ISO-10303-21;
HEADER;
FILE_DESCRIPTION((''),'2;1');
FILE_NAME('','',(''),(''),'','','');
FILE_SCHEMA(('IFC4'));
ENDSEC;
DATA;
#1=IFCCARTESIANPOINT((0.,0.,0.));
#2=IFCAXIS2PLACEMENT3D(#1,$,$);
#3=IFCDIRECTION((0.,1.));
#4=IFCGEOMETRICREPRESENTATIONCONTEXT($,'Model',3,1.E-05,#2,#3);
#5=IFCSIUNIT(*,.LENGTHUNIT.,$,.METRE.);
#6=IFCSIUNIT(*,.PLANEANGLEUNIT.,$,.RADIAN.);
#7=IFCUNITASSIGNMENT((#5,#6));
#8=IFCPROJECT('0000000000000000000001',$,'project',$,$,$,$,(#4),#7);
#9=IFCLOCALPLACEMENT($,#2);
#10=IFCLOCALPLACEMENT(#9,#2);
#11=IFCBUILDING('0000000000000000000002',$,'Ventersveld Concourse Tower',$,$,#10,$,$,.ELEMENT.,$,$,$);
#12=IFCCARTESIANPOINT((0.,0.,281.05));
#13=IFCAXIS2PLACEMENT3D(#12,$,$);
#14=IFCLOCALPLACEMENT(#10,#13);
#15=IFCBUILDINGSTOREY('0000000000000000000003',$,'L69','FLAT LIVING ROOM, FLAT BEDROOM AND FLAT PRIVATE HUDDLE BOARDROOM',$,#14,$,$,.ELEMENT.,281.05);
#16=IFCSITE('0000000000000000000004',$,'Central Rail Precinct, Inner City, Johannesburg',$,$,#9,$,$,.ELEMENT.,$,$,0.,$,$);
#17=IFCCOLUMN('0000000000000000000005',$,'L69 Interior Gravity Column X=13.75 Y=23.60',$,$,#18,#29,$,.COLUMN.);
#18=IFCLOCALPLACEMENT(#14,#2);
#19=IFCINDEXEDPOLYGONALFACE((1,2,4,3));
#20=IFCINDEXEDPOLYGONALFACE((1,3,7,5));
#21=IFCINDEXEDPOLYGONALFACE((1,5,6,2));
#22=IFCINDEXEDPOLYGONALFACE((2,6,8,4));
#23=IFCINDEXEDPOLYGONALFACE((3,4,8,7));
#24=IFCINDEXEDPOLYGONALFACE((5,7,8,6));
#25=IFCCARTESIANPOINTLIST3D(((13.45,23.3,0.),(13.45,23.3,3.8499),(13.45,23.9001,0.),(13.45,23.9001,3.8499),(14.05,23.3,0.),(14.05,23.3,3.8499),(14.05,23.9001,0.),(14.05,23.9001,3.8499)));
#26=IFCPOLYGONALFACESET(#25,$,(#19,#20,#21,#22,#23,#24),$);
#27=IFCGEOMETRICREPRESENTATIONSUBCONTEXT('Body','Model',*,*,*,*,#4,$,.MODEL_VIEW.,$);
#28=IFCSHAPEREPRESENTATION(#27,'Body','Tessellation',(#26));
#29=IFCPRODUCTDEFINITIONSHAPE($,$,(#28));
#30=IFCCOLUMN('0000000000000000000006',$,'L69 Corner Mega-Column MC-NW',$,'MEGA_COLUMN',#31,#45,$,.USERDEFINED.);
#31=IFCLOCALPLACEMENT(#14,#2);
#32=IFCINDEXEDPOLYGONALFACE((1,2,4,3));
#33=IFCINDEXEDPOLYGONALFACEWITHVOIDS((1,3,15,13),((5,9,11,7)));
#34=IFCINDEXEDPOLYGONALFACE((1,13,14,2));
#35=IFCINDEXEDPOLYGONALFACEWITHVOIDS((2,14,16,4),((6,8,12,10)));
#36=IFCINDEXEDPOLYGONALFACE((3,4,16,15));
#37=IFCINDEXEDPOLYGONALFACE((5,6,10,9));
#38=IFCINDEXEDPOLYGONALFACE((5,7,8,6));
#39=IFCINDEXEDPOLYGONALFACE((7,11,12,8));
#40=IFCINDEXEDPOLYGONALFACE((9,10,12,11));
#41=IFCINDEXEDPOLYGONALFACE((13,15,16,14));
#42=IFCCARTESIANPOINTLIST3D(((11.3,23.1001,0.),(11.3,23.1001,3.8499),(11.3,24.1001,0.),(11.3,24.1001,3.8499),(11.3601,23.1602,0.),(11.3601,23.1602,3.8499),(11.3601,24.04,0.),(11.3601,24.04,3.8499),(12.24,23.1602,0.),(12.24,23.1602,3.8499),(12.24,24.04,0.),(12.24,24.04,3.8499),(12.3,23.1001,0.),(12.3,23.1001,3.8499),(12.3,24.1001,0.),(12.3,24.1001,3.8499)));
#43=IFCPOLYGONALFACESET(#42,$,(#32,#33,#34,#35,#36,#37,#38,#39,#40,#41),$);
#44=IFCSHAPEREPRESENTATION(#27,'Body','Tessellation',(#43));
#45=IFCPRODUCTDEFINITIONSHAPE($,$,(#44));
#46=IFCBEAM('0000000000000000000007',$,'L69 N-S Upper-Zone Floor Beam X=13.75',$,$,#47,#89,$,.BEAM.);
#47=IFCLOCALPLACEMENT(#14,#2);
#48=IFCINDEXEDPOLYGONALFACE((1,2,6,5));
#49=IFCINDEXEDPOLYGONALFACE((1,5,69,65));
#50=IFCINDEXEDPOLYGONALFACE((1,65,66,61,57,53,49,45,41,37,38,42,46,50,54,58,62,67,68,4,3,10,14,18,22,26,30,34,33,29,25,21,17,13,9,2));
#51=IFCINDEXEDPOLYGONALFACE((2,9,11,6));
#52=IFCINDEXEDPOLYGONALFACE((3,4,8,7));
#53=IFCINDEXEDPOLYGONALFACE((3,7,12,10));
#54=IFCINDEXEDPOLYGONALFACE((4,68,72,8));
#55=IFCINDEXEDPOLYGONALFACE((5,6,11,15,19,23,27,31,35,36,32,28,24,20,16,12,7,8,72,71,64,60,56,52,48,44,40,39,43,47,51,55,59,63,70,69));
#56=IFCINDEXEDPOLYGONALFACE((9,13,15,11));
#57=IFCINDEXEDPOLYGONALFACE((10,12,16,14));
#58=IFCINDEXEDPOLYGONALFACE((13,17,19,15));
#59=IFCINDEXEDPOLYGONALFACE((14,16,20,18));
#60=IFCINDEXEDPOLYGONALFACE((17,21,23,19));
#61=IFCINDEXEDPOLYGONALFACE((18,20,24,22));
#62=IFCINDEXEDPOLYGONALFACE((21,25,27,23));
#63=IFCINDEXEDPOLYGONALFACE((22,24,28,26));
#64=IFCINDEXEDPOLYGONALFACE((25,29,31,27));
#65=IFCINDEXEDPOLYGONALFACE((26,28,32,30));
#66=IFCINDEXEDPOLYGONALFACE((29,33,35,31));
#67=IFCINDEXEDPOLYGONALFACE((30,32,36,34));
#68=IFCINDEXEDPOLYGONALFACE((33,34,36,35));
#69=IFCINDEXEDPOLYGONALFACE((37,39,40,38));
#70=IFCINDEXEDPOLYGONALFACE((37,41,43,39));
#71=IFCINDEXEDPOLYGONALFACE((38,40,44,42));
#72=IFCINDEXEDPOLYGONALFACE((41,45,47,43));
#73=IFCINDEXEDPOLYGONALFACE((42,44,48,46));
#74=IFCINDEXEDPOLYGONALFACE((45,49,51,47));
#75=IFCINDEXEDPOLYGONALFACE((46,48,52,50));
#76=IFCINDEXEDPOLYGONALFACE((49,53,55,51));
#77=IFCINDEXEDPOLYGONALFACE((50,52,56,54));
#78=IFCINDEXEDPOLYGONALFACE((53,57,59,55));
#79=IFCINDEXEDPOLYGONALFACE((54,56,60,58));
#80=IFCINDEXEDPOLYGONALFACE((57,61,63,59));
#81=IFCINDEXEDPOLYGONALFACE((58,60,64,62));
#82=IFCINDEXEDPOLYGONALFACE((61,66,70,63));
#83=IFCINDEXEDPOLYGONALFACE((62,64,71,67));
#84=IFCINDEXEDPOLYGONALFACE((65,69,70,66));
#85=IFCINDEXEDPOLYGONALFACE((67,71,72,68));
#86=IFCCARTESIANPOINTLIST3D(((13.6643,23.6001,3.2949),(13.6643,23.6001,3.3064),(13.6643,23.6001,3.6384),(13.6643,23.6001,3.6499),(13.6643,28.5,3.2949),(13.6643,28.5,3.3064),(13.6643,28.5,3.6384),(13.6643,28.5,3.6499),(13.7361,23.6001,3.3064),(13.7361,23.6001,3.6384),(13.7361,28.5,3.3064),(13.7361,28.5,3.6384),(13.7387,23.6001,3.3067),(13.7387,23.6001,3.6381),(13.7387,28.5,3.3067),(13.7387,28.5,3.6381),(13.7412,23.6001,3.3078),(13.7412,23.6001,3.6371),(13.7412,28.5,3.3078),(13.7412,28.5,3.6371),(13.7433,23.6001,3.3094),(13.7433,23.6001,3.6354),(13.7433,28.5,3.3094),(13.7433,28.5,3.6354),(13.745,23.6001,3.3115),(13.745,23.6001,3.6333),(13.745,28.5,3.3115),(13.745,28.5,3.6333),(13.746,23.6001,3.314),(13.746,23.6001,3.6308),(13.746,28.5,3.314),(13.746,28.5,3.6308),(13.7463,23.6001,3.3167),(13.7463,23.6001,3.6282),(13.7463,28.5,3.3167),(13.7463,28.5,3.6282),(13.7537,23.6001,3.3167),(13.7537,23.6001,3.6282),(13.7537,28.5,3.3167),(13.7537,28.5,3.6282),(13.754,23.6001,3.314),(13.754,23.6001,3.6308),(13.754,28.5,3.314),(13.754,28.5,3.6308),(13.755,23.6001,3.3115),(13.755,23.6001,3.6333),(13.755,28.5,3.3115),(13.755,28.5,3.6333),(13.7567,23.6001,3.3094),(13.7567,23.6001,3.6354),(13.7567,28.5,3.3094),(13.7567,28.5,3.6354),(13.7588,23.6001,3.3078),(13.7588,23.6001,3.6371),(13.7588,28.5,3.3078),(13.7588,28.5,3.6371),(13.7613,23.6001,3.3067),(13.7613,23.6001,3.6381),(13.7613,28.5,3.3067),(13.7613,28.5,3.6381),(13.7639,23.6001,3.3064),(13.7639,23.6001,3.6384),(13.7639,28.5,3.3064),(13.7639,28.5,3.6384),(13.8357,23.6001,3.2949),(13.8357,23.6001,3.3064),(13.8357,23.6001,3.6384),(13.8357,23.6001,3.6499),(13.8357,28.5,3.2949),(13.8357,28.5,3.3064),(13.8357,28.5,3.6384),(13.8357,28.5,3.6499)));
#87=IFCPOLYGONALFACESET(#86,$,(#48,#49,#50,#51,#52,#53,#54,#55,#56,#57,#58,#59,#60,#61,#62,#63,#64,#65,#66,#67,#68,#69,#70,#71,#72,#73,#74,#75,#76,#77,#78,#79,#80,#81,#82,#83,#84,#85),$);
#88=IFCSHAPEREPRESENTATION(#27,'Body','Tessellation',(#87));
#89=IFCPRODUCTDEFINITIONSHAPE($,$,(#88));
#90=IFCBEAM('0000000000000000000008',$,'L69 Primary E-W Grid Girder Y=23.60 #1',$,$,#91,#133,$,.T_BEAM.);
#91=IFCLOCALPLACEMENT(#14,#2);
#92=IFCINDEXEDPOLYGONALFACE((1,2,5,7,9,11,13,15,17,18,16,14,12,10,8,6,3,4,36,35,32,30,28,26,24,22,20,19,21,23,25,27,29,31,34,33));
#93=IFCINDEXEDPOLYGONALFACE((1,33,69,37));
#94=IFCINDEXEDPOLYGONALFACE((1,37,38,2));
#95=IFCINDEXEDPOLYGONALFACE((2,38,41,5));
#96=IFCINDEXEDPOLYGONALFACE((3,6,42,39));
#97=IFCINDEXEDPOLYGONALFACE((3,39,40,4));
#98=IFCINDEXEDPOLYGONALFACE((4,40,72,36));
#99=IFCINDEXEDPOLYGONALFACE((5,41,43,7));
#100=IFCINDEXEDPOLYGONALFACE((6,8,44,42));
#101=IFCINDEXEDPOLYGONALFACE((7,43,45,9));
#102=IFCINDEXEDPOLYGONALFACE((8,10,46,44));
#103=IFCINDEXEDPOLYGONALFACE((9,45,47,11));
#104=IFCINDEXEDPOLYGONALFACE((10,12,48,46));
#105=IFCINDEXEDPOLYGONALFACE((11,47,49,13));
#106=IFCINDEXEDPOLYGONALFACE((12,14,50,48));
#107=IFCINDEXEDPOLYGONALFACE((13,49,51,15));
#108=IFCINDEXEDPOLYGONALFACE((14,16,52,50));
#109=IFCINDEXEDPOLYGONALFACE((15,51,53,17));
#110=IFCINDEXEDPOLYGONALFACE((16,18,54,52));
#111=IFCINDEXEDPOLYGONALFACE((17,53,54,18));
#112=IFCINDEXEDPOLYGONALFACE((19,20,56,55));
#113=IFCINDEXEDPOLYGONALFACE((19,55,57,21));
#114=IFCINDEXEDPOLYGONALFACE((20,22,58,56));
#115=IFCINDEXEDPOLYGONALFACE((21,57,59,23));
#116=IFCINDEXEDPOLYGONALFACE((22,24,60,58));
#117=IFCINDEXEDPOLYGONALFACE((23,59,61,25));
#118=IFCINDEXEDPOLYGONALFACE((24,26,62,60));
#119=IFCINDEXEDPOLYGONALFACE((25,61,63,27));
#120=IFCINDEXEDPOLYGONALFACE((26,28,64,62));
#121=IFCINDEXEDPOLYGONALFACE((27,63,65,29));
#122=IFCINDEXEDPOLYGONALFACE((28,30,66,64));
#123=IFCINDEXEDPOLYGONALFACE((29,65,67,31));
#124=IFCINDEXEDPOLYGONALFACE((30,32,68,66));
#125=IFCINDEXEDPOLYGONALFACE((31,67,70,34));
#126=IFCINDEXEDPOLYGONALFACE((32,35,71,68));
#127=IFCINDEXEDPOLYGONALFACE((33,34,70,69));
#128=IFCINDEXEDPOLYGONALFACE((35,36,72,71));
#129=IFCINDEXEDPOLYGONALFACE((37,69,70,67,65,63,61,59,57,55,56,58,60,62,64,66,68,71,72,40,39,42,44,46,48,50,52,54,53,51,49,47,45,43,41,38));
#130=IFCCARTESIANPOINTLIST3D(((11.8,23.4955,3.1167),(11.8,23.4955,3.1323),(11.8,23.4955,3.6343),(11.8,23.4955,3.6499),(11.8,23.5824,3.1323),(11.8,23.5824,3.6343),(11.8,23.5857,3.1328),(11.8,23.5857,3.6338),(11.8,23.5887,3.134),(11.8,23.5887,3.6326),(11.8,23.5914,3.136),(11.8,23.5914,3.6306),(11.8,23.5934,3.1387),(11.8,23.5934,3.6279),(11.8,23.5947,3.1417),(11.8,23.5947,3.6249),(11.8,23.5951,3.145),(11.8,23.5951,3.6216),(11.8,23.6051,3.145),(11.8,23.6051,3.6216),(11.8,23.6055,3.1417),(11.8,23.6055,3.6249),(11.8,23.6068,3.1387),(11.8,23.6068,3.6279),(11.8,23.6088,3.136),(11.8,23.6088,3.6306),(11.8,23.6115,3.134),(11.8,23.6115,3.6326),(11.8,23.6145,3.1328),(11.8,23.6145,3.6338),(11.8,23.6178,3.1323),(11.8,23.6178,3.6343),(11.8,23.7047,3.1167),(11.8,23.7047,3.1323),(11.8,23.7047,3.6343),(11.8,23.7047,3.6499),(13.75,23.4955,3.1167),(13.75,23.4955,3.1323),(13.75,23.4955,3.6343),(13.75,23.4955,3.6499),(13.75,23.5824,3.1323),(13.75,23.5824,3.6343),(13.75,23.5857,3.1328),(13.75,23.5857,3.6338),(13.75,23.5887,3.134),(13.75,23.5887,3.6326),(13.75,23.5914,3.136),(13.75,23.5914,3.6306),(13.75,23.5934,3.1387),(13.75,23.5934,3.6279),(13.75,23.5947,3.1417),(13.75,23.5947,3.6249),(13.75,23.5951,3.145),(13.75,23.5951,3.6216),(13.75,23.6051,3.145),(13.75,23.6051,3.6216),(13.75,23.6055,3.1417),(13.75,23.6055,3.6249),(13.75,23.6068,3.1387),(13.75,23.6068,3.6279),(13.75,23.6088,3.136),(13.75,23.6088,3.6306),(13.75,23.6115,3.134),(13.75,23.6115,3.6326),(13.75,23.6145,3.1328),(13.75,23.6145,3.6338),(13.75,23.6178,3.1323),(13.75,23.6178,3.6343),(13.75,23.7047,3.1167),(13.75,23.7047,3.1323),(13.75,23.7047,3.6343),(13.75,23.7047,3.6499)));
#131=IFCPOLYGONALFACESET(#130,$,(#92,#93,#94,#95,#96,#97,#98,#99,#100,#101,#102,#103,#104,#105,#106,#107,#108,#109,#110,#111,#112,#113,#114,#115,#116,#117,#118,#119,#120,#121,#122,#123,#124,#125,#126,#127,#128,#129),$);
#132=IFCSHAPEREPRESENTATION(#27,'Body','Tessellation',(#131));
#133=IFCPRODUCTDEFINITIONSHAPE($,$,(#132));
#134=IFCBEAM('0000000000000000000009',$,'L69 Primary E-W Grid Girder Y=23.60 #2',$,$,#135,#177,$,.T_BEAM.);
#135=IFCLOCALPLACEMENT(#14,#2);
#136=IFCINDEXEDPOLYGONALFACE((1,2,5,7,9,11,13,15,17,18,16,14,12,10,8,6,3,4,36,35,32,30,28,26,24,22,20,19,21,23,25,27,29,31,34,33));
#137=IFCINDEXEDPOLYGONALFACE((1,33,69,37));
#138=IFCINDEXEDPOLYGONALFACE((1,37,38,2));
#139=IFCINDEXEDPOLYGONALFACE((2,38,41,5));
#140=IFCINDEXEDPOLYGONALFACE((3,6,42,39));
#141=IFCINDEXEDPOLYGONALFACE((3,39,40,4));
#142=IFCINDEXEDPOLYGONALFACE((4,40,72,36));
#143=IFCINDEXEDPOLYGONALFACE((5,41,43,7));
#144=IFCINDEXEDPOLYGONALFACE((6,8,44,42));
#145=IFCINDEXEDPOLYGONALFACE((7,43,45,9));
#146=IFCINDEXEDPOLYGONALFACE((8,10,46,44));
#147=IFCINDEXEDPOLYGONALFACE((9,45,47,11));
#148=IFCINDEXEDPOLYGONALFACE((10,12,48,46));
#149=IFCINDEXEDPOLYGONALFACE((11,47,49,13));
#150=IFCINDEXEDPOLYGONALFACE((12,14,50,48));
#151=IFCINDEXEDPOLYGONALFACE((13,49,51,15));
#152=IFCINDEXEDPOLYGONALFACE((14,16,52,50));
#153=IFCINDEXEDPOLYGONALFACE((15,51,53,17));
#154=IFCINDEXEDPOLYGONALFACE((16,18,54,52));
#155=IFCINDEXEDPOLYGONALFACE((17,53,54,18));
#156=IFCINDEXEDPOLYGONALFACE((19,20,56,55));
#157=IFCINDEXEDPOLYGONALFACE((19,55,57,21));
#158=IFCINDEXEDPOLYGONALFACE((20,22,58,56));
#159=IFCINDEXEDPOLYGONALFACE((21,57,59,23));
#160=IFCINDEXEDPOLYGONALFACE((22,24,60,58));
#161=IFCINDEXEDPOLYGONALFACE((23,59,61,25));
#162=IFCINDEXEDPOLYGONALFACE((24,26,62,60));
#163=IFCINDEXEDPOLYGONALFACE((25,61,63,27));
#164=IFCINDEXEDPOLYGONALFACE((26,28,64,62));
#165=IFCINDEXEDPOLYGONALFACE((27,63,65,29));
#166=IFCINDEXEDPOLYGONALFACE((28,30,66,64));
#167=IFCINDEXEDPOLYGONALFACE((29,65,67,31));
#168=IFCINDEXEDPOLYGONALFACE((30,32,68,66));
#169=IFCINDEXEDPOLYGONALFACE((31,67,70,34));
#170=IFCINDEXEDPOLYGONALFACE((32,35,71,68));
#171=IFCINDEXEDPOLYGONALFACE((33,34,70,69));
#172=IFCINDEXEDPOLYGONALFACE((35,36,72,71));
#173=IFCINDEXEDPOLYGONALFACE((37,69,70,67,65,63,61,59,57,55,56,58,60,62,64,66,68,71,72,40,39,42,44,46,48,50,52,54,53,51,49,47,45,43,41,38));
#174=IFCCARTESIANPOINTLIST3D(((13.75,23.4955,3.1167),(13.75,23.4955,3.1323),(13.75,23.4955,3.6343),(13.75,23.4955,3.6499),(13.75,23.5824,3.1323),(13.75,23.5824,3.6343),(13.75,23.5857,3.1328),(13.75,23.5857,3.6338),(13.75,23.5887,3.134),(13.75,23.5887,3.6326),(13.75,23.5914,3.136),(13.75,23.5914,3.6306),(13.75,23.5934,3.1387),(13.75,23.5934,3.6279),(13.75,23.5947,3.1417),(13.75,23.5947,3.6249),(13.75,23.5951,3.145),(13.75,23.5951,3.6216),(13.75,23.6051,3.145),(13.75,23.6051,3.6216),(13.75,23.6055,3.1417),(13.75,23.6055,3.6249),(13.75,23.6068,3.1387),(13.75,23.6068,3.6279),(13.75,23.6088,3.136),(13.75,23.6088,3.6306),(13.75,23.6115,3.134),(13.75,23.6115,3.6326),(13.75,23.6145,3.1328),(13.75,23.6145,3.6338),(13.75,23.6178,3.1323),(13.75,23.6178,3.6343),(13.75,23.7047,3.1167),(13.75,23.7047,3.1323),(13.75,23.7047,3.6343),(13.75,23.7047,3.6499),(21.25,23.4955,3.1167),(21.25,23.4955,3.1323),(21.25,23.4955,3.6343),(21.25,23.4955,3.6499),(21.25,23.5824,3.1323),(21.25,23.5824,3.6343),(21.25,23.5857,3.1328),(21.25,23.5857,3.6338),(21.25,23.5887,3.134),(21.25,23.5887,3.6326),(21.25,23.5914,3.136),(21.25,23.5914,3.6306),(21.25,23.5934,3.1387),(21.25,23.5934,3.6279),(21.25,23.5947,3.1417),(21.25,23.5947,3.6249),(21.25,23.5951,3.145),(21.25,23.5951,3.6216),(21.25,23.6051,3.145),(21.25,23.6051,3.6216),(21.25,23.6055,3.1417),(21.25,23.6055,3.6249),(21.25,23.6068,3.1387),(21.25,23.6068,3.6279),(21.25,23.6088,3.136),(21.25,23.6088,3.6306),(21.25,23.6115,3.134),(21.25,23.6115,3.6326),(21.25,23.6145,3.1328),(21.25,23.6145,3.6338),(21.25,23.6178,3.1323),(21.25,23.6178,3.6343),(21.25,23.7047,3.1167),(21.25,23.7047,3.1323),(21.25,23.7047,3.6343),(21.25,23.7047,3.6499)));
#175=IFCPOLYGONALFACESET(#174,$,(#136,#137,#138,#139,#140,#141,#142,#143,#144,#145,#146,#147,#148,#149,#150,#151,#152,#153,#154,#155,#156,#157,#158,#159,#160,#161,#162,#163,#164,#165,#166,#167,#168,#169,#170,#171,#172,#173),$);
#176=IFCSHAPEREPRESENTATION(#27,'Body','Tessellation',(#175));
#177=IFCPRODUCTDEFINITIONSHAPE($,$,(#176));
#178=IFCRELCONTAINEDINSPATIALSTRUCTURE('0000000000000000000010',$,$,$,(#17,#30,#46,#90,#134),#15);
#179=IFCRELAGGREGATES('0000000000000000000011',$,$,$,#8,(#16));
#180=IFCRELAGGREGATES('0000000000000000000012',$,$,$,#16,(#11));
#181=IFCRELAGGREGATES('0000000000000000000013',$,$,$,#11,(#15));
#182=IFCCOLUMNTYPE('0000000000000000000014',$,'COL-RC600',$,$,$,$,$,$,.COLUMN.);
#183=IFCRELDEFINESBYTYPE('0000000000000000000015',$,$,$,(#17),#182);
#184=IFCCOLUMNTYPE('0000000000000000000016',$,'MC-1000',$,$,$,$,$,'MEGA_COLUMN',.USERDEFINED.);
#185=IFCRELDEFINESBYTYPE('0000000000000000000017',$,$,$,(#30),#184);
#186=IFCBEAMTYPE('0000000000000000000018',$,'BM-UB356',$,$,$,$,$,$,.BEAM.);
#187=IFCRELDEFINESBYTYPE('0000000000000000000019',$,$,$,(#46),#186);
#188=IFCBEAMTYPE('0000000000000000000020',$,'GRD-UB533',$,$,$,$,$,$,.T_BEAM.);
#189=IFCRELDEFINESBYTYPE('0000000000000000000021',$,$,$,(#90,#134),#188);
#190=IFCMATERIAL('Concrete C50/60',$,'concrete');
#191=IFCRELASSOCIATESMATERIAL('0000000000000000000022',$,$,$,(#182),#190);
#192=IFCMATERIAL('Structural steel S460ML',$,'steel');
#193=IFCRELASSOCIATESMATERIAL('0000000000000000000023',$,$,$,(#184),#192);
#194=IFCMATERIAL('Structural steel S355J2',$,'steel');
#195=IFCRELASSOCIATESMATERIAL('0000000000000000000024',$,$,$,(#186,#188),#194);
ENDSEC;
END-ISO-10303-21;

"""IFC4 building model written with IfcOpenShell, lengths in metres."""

from ifc_helpers import new_model, si_unit, direction, frame, origin, origin_2d, place, context, subcontext, project, spatial, rectangle, hollow_rectangle, i_section, extrude, material, material_profile, profile_set, type_object, element, save


model = new_model("IFC4")

# Units and contexts
model_context = context("Model", 3, precision=1e-05, world=origin(), true_north=direction((0.0, 1.0)))
body_context = subcontext(model_context, "Body", "Model", "MODEL_VIEW")
ifc_project = project(units=[si_unit("LENGTHUNIT", "METRE"), si_unit("PLANEANGLEUNIT", "RADIAN")], contexts=[model_context])

# Site, building, storey
site_placement = place(None, origin())
site = spatial("IfcSite", under=ifc_project, at=site_placement, Name="Central Rail Precinct, Inner City, Johannesburg", CompositionType="ELEMENT", RefElevation=0.0)
building_placement = place(site_placement, origin())
building = spatial("IfcBuilding", under=site, at=building_placement, Name="Ventersveld Concourse Tower", CompositionType="ELEMENT")
storey_placement = place(building_placement, frame((0.0, 0.0, 281.05)))
storey = spatial("IfcBuildingStorey", under=building, at=storey_placement, Name="L69", Description="FLAT LIVING ROOM, FLAT BEDROOM AND FLAT PRIVATE HUDDLE BOARDROOM", CompositionType="ELEMENT", Elevation=281.05)

# Columns
ifc_material_1 = material(Name="Concrete C50/60", Category="concrete")
ifc_material_profile_1 = material_profile(ifc_material_1, rectangle(XDim=0.6001, YDim=0.6001, at=origin_2d()), Name="RC 600x600")
ifc_profile_set_1 = profile_set([ifc_material_profile_1], Name="Concrete C50/60")
column_type_1 = type_object("IfcColumnType", Name="COL-RC600", PredefinedType="COLUMN", material=ifc_profile_set_1)
column_1_placement = place(storey_placement, frame((13.75, 23.6001, 0.0), z_axis=(0.0, 0.0, 1.0), x_axis=(1.0, 0.0, 0.0)))
element("IfcColumn", 1, at=column_1_placement, inside=storey, type_object=column_type_1, Name="L69 Interior Gravity Column X=13.75 Y=23.60", PredefinedType="COLUMN", context=body_context, shape_type="SweptSolid", body=[
    extrude(rectangle(XDim=0.6001, YDim=0.6001, at=origin_2d()), origin(), (0.0, 0.0, 1.0), 3.8499),
])
ifc_material_2 = material(Name="Structural steel S460ML", Category="steel")
ifc_material_profile_2 = material_profile(ifc_material_2, hollow_rectangle(XDim=1.0, YDim=1.0, WallThickness=0.0601, at=origin_2d()), Name="BOX 1000x1000x60")
ifc_profile_set_2 = profile_set([ifc_material_profile_2], Name="Structural steel S460ML")
column_type_2 = type_object("IfcColumnType", Name="MC-1000", ElementType="MEGA_COLUMN", PredefinedType="USERDEFINED", material=ifc_profile_set_2)
column_2_placement = place(storey_placement, frame((11.8, 23.6001, 0.0), z_axis=(0.0, 0.0, 1.0), x_axis=(1.0, 0.0, 0.0)))
element("IfcColumn", 2, at=column_2_placement, inside=storey, type_object=column_type_2, Name="L69 Corner Mega-Column MC-NW", ObjectType="MEGA_COLUMN", PredefinedType="USERDEFINED", context=body_context, shape_type="SweptSolid", body=[
    extrude(hollow_rectangle(XDim=1.0, YDim=1.0, WallThickness=0.0601, at=origin_2d()), origin(), (0.0, 0.0, 1.0), 3.8499),
])

# Beams
ifc_material_3 = material(Name="Structural steel S355J2", Category="steel")
ifc_material_profile_3 = material_profile(ifc_material_3, i_section(OverallWidth=0.1714, OverallDepth=0.355, WebThickness=0.0073, FlangeThickness=0.0115, FilletRadius=0.0103, at=origin_2d()), Name="UB 356x171x51")
ifc_profile_set_3 = profile_set([ifc_material_profile_3], Name="Structural steel S355J2")
beam_type_1 = type_object("IfcBeamType", Name="BM-UB356", PredefinedType="BEAM", material=ifc_profile_set_3)
beam_1_placement = place(storey_placement, frame((13.75, 23.6001, 3.4724), z_axis=(0.0, 1.0, 0.0), x_axis=(-1.0, 0.0, 0.0)))
element("IfcBeam", 3, at=beam_1_placement, inside=storey, type_object=beam_type_1, Name="L69 N-S Upper-Zone Floor Beam X=13.75", PredefinedType="BEAM", context=body_context, shape_type="SweptSolid", body=[
    extrude(i_section(OverallWidth=0.1714, OverallDepth=0.355, WebThickness=0.0073, FlangeThickness=0.0115, FilletRadius=0.0103, at=origin_2d()), origin(), (0.0, 0.0, 1.0), 4.8999),
])
ifc_material_profile_4 = material_profile(ifc_material_3, i_section(OverallWidth=0.2092, OverallDepth=0.5332, WebThickness=0.01, FlangeThickness=0.0156, FilletRadius=0.0127, at=origin_2d()), Name="UB 533x210x92")
ifc_profile_set_4 = profile_set([ifc_material_profile_4], Name="Structural steel S355J2")
beam_type_2 = type_object("IfcBeamType", Name="GRD-UB533", PredefinedType="T_BEAM", material=ifc_profile_set_4)
beam_2_placement = place(storey_placement, frame((11.8, 23.6001, 3.3833), z_axis=(1.0, 0.0, 0.0), x_axis=(0.0, 1.0, 0.0)))
element("IfcBeam", 4, at=beam_2_placement, inside=storey, type_object=beam_type_2, Name="L69 Primary E-W Grid Girder Y=23.60 #1", PredefinedType="T_BEAM", context=body_context, shape_type="SweptSolid", body=[
    extrude(i_section(OverallWidth=0.2092, OverallDepth=0.5332, WebThickness=0.01, FlangeThickness=0.0156, FilletRadius=0.0127, at=origin_2d()), origin(), (0.0, 0.0, 1.0), 1.95),
])
beam_3_placement = place(storey_placement, frame((13.75, 23.6001, 3.3833), z_axis=(1.0, 0.0, 0.0), x_axis=(0.0, 1.0, 0.0)))
element("IfcBeam", 5, at=beam_3_placement, inside=storey, type_object=beam_type_2, Name="L69 Primary E-W Grid Girder Y=23.60 #2", PredefinedType="T_BEAM", context=body_context, shape_type="SweptSolid", body=[
    extrude(i_section(OverallWidth=0.2092, OverallDepth=0.5332, WebThickness=0.01, FlangeThickness=0.0156, FilletRadius=0.0127, at=origin_2d()), origin(), (0.0, 0.0, 1.0), 7.5),
])

save(model, "model.ifc")
